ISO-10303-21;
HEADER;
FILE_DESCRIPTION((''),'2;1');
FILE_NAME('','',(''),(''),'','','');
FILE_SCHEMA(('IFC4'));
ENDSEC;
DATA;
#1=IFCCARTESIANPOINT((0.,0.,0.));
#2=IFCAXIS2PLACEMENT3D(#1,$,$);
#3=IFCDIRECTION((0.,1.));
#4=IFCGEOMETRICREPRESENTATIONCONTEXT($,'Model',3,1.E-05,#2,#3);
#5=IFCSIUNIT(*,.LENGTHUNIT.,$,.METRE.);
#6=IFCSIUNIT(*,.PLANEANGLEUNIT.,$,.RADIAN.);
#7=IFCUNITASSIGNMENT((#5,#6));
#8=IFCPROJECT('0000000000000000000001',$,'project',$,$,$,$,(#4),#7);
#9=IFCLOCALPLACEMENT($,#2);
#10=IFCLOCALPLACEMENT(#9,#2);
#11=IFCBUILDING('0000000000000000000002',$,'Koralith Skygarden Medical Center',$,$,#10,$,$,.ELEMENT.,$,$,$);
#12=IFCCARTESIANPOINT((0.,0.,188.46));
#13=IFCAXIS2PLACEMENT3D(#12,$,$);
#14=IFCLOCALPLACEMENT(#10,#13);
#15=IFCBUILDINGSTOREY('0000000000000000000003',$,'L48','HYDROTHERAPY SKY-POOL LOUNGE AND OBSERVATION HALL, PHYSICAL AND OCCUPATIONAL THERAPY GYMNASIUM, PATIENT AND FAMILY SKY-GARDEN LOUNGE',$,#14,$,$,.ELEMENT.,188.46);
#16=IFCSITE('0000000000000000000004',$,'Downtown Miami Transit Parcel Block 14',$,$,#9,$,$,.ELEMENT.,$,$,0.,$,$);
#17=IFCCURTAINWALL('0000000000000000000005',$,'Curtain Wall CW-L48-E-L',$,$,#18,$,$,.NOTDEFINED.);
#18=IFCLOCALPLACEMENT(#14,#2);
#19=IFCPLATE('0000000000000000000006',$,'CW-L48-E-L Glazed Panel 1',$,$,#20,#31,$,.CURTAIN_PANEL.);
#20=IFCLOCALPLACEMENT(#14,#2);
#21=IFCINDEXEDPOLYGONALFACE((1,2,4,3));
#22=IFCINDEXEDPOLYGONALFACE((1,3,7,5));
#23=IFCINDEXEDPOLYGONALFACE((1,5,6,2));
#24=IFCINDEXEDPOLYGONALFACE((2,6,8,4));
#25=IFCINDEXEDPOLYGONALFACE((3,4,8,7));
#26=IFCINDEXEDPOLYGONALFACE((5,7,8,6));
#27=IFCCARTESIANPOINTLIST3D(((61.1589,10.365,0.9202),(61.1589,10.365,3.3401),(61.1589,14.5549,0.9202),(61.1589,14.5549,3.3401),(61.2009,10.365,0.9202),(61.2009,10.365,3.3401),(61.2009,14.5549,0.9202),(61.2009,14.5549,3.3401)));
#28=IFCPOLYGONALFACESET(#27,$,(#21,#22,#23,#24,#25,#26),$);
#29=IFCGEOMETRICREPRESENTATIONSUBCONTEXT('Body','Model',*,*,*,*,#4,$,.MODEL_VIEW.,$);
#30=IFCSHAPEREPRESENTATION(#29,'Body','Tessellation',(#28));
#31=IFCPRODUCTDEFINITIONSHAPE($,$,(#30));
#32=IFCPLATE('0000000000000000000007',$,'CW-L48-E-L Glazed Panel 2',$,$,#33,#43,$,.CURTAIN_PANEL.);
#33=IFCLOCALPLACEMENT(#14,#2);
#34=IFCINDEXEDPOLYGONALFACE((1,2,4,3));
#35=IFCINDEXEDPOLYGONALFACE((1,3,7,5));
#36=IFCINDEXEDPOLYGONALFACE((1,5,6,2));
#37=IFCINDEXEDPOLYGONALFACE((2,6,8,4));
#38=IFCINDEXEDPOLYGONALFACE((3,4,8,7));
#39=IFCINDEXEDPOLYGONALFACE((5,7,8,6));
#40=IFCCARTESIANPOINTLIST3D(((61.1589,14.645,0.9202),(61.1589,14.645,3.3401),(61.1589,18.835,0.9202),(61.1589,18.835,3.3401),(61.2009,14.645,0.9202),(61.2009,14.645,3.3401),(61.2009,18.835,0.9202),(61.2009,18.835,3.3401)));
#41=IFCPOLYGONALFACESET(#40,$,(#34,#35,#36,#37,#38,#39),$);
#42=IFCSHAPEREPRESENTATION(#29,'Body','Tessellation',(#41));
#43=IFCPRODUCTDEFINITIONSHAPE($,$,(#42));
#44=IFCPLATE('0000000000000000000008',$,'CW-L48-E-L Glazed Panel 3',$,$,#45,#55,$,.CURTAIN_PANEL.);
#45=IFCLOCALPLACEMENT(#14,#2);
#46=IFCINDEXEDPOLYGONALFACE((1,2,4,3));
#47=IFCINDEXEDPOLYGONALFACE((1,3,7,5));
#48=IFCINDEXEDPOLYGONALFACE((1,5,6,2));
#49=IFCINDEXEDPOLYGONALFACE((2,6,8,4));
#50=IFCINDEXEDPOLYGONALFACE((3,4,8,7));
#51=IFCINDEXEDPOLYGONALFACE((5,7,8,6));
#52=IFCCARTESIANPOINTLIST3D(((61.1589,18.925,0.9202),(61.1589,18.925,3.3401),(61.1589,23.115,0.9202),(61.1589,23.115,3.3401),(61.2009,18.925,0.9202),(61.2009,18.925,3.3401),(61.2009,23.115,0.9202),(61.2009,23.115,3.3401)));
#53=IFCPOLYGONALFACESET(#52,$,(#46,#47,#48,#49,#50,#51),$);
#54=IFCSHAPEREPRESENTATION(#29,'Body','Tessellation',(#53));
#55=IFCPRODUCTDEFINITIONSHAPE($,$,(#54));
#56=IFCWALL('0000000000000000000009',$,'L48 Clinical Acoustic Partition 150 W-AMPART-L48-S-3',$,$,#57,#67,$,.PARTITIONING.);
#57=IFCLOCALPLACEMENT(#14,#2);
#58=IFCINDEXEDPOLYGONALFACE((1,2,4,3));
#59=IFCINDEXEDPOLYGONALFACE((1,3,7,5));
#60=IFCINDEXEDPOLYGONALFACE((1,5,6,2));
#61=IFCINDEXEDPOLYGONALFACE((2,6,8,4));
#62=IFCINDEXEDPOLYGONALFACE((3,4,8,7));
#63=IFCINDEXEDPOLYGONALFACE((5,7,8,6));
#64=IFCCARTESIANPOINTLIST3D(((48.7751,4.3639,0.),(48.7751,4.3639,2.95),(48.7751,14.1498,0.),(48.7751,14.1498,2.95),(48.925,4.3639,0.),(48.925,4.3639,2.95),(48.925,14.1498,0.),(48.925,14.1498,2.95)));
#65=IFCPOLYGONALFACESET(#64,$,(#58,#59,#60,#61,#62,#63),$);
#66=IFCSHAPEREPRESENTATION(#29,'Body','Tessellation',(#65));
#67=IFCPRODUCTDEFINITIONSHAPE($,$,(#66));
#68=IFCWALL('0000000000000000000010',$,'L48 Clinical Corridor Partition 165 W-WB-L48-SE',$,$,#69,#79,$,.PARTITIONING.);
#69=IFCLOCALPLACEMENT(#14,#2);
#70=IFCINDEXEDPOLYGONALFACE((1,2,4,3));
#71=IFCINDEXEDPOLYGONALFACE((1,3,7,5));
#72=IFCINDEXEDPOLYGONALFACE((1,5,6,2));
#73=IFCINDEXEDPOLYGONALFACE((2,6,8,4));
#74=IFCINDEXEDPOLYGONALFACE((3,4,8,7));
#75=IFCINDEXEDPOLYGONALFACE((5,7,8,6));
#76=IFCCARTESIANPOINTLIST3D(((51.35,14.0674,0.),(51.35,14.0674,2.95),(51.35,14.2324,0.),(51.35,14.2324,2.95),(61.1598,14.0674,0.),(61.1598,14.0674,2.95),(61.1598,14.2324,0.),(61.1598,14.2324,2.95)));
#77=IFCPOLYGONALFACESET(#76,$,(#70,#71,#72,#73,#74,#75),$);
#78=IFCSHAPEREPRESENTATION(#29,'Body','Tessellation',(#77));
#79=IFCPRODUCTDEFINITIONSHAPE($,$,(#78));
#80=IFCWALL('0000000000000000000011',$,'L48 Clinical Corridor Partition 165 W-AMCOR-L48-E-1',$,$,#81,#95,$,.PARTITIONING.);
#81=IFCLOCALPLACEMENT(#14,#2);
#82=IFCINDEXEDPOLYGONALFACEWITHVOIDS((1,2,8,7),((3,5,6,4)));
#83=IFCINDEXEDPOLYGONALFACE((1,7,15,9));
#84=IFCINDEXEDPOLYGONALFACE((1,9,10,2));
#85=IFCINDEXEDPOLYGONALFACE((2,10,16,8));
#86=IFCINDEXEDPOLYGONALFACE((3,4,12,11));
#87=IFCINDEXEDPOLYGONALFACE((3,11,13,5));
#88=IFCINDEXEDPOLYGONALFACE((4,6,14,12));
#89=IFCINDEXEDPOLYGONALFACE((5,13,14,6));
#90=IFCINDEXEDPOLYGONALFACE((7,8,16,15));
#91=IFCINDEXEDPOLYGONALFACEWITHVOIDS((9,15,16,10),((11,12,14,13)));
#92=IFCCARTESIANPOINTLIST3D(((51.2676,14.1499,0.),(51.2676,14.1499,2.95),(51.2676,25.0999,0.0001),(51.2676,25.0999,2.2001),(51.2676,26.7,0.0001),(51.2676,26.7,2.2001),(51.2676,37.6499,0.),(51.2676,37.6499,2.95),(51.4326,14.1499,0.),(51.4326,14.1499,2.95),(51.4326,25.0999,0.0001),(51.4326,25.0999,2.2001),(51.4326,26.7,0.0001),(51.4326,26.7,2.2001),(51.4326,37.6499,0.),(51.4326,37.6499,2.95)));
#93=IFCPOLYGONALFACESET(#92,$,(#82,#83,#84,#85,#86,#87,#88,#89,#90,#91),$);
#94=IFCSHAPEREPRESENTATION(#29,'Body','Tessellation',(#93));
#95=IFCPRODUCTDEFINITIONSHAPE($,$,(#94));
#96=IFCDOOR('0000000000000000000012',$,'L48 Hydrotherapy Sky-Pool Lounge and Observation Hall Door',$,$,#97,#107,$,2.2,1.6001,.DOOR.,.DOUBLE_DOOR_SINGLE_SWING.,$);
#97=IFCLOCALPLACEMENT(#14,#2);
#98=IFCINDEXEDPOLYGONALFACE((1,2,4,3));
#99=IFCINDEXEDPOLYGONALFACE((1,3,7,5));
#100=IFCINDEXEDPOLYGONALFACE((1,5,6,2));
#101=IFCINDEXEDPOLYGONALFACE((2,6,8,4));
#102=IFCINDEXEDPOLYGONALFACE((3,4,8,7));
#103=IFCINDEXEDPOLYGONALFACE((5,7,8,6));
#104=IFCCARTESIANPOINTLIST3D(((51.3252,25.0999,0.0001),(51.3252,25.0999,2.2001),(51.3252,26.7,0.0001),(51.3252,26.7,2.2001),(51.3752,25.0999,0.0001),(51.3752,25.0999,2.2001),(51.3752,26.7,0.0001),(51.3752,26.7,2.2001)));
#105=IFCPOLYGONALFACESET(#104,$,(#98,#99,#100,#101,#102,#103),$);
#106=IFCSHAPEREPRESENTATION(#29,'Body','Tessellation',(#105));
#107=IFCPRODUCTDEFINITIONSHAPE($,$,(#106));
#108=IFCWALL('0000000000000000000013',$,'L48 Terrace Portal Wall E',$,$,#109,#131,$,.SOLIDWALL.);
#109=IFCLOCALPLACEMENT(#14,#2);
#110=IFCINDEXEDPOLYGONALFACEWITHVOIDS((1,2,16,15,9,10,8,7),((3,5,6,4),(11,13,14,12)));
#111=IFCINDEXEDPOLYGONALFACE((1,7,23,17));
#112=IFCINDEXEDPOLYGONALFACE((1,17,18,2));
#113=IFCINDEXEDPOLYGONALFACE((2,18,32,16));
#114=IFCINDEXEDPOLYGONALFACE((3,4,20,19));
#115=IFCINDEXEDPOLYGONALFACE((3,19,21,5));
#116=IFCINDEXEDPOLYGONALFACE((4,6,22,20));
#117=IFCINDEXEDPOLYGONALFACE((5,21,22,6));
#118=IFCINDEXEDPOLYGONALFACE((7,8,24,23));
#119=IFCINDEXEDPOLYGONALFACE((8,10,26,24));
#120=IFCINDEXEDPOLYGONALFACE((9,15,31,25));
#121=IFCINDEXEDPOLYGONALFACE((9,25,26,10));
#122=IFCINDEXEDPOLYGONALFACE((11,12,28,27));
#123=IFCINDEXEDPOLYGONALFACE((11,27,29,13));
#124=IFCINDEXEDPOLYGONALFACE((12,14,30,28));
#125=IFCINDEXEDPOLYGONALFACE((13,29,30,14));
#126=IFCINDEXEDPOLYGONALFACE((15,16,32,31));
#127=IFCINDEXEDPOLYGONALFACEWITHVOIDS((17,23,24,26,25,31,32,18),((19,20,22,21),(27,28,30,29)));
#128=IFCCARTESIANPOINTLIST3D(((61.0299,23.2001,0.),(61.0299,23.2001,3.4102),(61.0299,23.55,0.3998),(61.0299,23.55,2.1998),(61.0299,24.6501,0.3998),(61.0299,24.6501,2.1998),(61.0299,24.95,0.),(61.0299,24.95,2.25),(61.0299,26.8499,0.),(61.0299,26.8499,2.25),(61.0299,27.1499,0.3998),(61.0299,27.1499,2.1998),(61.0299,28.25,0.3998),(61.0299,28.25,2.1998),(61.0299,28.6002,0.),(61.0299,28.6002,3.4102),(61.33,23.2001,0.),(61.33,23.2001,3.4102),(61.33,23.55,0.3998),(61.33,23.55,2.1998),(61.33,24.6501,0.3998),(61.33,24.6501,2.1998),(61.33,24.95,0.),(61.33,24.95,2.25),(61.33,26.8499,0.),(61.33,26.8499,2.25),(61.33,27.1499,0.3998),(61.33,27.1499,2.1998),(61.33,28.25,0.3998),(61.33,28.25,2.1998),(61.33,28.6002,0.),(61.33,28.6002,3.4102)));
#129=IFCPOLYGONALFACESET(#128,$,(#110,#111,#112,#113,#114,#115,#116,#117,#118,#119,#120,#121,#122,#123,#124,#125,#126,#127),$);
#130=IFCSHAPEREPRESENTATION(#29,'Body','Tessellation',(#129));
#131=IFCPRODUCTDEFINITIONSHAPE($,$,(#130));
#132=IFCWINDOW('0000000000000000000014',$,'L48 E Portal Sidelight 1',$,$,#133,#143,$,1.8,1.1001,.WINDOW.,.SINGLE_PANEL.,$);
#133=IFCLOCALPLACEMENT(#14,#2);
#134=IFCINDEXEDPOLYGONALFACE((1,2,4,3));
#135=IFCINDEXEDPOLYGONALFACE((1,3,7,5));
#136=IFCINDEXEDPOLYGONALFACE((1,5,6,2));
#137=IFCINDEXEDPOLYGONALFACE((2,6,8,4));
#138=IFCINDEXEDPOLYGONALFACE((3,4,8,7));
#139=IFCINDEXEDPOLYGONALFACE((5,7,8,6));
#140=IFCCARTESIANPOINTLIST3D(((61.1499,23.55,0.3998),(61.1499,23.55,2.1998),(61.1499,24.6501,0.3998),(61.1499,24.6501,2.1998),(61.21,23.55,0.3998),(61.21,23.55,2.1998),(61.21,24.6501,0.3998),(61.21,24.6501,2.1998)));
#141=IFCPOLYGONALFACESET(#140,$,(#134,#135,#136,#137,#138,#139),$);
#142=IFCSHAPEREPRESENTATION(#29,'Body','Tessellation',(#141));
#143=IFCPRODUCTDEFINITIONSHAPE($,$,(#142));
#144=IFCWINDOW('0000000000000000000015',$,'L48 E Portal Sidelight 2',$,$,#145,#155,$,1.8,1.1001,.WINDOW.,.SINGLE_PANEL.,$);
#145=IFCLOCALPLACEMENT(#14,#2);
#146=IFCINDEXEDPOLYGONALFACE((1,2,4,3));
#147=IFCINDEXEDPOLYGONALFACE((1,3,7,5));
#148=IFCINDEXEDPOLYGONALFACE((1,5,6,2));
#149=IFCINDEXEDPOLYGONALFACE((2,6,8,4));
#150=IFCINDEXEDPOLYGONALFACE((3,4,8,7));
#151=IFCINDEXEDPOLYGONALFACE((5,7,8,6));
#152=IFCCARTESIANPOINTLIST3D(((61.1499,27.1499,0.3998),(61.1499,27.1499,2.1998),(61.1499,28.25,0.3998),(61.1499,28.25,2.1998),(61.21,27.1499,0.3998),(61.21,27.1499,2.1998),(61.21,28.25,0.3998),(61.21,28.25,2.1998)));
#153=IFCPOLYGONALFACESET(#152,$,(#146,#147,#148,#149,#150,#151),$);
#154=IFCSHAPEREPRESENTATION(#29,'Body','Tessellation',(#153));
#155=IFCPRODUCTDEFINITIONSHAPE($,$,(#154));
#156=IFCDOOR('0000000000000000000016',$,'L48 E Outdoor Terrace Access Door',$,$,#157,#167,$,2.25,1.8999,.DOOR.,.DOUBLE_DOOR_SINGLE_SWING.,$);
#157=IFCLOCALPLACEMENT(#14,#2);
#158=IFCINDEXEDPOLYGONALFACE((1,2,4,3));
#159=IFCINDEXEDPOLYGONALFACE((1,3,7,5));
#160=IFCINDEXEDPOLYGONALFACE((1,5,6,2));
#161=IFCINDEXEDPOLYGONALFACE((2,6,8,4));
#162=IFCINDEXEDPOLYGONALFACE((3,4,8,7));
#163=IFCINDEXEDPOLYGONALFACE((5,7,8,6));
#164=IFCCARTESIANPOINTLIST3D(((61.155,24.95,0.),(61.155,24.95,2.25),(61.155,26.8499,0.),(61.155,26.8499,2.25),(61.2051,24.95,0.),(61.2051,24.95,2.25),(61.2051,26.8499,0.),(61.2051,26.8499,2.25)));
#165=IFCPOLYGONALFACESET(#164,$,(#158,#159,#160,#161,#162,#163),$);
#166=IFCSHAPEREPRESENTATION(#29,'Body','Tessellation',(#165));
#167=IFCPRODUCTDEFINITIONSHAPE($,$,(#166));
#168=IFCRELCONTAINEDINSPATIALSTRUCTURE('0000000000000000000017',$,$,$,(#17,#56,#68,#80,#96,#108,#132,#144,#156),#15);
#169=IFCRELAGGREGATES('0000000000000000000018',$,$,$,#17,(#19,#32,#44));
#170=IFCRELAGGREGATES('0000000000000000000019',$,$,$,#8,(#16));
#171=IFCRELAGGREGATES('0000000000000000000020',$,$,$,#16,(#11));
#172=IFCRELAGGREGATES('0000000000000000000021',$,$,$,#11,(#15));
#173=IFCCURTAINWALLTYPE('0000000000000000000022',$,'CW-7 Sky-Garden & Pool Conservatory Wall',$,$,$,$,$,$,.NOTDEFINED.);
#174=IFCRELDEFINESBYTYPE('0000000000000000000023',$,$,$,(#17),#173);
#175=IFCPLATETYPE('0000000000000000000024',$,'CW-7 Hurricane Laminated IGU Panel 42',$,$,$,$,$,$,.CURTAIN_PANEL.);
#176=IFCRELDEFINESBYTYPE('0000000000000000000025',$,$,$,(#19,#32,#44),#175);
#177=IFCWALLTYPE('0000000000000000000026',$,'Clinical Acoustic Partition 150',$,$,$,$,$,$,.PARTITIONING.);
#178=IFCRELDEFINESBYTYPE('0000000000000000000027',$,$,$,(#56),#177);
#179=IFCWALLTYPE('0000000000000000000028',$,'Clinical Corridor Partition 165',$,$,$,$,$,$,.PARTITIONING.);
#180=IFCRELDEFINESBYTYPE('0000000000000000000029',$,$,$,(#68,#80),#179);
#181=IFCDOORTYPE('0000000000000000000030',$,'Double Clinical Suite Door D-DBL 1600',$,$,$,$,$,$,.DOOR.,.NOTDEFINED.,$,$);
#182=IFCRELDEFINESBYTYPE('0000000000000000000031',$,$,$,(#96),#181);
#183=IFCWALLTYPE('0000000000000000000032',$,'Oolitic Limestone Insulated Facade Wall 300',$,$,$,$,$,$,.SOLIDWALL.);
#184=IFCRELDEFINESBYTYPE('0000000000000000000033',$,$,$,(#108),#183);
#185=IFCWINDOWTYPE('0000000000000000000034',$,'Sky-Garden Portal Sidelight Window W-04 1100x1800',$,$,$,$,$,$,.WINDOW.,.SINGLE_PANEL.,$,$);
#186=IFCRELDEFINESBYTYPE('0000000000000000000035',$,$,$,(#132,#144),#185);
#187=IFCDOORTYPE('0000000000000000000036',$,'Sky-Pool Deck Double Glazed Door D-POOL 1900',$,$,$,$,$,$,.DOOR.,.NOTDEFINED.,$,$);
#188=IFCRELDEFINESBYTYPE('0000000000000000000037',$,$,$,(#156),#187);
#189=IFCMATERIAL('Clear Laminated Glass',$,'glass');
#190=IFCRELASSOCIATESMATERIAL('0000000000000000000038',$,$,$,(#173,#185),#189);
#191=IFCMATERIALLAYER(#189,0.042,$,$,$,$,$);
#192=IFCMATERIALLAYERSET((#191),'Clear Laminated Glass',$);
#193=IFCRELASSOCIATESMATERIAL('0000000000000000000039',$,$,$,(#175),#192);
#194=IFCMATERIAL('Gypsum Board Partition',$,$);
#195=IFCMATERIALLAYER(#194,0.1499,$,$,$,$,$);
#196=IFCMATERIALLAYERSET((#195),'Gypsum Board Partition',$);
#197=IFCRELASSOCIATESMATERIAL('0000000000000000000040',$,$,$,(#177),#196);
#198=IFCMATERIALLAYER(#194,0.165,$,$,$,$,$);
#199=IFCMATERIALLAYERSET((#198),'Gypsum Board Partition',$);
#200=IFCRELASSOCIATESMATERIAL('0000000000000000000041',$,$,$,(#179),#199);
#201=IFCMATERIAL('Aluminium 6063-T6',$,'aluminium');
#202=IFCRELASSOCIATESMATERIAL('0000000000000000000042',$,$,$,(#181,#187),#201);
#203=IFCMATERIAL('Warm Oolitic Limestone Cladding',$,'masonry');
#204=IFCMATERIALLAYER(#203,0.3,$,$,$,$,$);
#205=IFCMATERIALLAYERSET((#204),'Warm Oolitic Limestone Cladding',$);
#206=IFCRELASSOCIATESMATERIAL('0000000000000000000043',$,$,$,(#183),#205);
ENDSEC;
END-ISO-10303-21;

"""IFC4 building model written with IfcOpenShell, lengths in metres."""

from ifc_helpers import new_model, si_unit, direction, frame, frame_2d, origin, origin_2d, place, context, subcontext, project, spatial, rectangle, extrude, material, layer, layer_set, type_object, element, fill, aggregate, save


model = new_model("IFC4")

# Units and contexts
model_context = context("Model", 3, precision=1e-05, world=origin(), true_north=direction((0.0, 1.0)))
body_context = subcontext(model_context, "Body", "Model", "MODEL_VIEW")
ifc_project = project(units=[si_unit("LENGTHUNIT", "METRE"), si_unit("PLANEANGLEUNIT", "RADIAN")], contexts=[model_context])

# Site, building, storey
site_placement = place(None, origin())
site = spatial("IfcSite", under=ifc_project, at=site_placement, Name="Downtown Miami Transit Parcel Block 14", CompositionType="ELEMENT", RefElevation=0.0)
building_placement = place(site_placement, origin())
building = spatial("IfcBuilding", under=site, at=building_placement, Name="Koralith Skygarden Medical Center", CompositionType="ELEMENT")
storey_placement = place(building_placement, frame((0.0, 0.0, 188.46)))
storey = spatial("IfcBuildingStorey", under=building, at=storey_placement, Name="L48", Description="HYDROTHERAPY SKY-POOL LOUNGE AND OBSERVATION HALL, PHYSICAL AND OCCUPATIONAL THERAPY GYMNASIUM, PATIENT AND FAMILY SKY-GARDEN LOUNGE", CompositionType="ELEMENT", Elevation=188.46)

# Curtain wall
ifc_material_1 = material(Name="Clear Laminated Glass", Category="glass")
curtain_wall_type = type_object("IfcCurtainWallType", Name="CW-7 Sky-Garden & Pool Conservatory Wall", PredefinedType="NOTDEFINED", material=ifc_material_1)
curtain_wall_placement = place(storey_placement, origin())
curtain_wall = element("IfcCurtainWall", 1, at=curtain_wall_placement, inside=storey, type_object=curtain_wall_type, Name="Curtain Wall CW-L48-E-L", PredefinedType="NOTDEFINED")
ifc_material_2 = material(Name="Aluminium 6063-T6", Category="aluminium")

# Plates
ifc_layer_1 = layer(ifc_material_1, 0.042)
ifc_layer_set_1 = layer_set([ifc_layer_1], Name="Clear Laminated Glass")
plate_type = type_object("IfcPlateType", Name="CW-7 Hurricane Laminated IGU Panel 42", PredefinedType="CURTAIN_PANEL", material=ifc_layer_set_1)
plate_1_placement = place(storey_placement, frame((61.1799, 12.46, 0.9202), z_axis=(0.0, 0.0, 1.0), x_axis=(0.0, 1.0, 0.0)))
plate_1 = element("IfcPlate", 2, at=plate_1_placement, type_object=plate_type, Name="CW-L48-E-L Glazed Panel 1", PredefinedType="CURTAIN_PANEL", context=body_context, shape_type="SweptSolid", body=[
    extrude(rectangle(XDim=4.1899, YDim=0.042, at=origin_2d()), origin(), (0.0, 0.0, 1.0), 2.4199),
])
plate_2_placement = place(storey_placement, frame((61.1799, 16.74, 0.9202), z_axis=(0.0, 0.0, 1.0), x_axis=(0.0, 1.0, 0.0)))
plate_2 = element("IfcPlate", 3, at=plate_2_placement, type_object=plate_type, Name="CW-L48-E-L Glazed Panel 2", PredefinedType="CURTAIN_PANEL", context=body_context, shape_type="SweptSolid", body=[
    extrude(rectangle(XDim=4.1899, YDim=0.042, at=origin_2d()), origin(), (0.0, 0.0, 1.0), 2.4199),
])
plate_3_placement = place(storey_placement, frame((61.1799, 21.02, 0.9202), z_axis=(0.0, 0.0, 1.0), x_axis=(0.0, 1.0, 0.0)))
plate_3 = element("IfcPlate", 4, at=plate_3_placement, type_object=plate_type, Name="CW-L48-E-L Glazed Panel 3", PredefinedType="CURTAIN_PANEL", context=body_context, shape_type="SweptSolid", body=[
    extrude(rectangle(XDim=4.1899, YDim=0.042, at=origin_2d()), origin(), (0.0, 0.0, 1.0), 2.4199),
])
aggregate(curtain_wall, [plate_1, plate_2, plate_3])

# Walls
ifc_material_3 = material(Name="Gypsum Board Partition")
ifc_layer_2 = layer(ifc_material_3, 0.1499)
ifc_layer_set_2 = layer_set([ifc_layer_2], Name="Gypsum Board Partition")
wall_type_1 = type_object("IfcWallType", Name="Clinical Acoustic Partition 150", PredefinedType="PARTITIONING", material=ifc_layer_set_2)
wall_1_placement = place(storey_placement, frame((48.8501, 14.1499, 0.0), z_axis=(0.0, 0.0, 1.0), x_axis=(0.0, -1.0, 0.0)))
element("IfcWall", 5, at=wall_1_placement, inside=storey, type_object=wall_type_1, Name="L48 Clinical Acoustic Partition 150 W-AMPART-L48-S-3", PredefinedType="PARTITIONING", context=body_context, shape_type="SweptSolid", body=[
    extrude(rectangle(XDim=9.7859, YDim=0.1499, at=frame_2d((4.8931, 0.0))), origin(), (0.0, 0.0, 1.0), 2.95),
])
ifc_layer_3 = layer(ifc_material_3, 0.165)
ifc_layer_set_3 = layer_set([ifc_layer_3], Name="Gypsum Board Partition")
wall_type_2 = type_object("IfcWallType", Name="Clinical Corridor Partition 165", PredefinedType="PARTITIONING", material=ifc_layer_set_3)
wall_2_placement = place(storey_placement, frame((51.3501, 14.1499, 0.0), z_axis=(0.0, 0.0, 1.0), x_axis=(1.0, 0.0, 0.0)))
element("IfcWall", 6, at=wall_2_placement, inside=storey, type_object=wall_type_2, Name="L48 Clinical Corridor Partition 165 W-WB-L48-SE", PredefinedType="PARTITIONING", context=body_context, shape_type="SweptSolid", body=[
    extrude(rectangle(XDim=9.8098, YDim=0.165, at=frame_2d((4.9048, 0.0))), origin(), (0.0, 0.0, 1.0), 2.95),
])

# Wall, opening, door
wall_3_placement = place(storey_placement, frame((51.3501, 14.1499, 0.0), z_axis=(0.0, 0.0, 1.0), x_axis=(0.0, 1.0, 0.0)))
wall_3 = element("IfcWall", 7, at=wall_3_placement, inside=storey, type_object=wall_type_2, Name="L48 Clinical Corridor Partition 165 W-AMCOR-L48-E-1", PredefinedType="PARTITIONING", context=body_context, shape_type="SweptSolid", body=[
    extrude(rectangle(XDim=23.5, YDim=0.165, at=frame_2d((11.75, 0.0))), origin(), (0.0, 0.0, 1.0), 2.95),
])
opening_1_placement = place(wall_3_placement, frame((10.95, 0.0, 0.0)))
opening_1 = element("IfcOpeningElement", 8, at=opening_1_placement, cuts=wall_3, PredefinedType="OPENING", context=body_context, shape_type="SweptSolid", body=[
    extrude(rectangle(XDim=1.6001, YDim=2.2, at=frame_2d((0.8, 1.1001))), frame((0.0, 0.0925, 0.0), z_axis=(0.0, -1.0, 0.0), x_axis=(1.0, 0.0, 0.0)), (0.0, 0.0, 1.0), 0.1851),
])
door_type_1 = type_object("IfcDoorType", Name="Double Clinical Suite Door D-DBL 1600", OperationType="NOTDEFINED", PredefinedType="DOOR", material=ifc_material_2)
door_1_placement = place(opening_1_placement, origin())
door_1 = element("IfcDoor", 9, at=door_1_placement, inside=storey, type_object=door_type_1, Name="L48 Hydrotherapy Sky-Pool Lounge and Observation Hall Door", OperationType="DOUBLE_DOOR_SINGLE_SWING", OverallHeight=2.2, OverallWidth=1.6001, PredefinedType="DOOR", context=body_context, shape_type="SweptSolid", body=[
    extrude(rectangle(XDim=1.6001, YDim=2.2, at=frame_2d((0.8, 1.1001))), frame((0.0, 0.0249, 0.0), z_axis=(0.0, -1.0, 0.0), x_axis=(1.0, 0.0, 0.0)), (0.0, 0.0, 1.0), 0.05),
])
fill(opening_1, door_1)

# Wall, openings, windows, door
ifc_material_4 = material(Name="Warm Oolitic Limestone Cladding", Category="masonry")
ifc_layer_4 = layer(ifc_material_4, 0.3)
ifc_layer_set_4 = layer_set([ifc_layer_4], Name="Warm Oolitic Limestone Cladding")
wall_type_3 = type_object("IfcWallType", Name="Oolitic Limestone Insulated Facade Wall 300", PredefinedType="SOLIDWALL", material=ifc_layer_set_4)
wall_4_placement = place(storey_placement, frame((61.1799, 23.2, 0.0), z_axis=(0.0, 0.0, 1.0), x_axis=(0.0, 1.0, 0.0)))
wall_4 = element("IfcWall", 10, at=wall_4_placement, inside=storey, type_object=wall_type_3, Name="L48 Terrace Portal Wall E", PredefinedType="SOLIDWALL", context=body_context, shape_type="SweptSolid", body=[
    extrude(rectangle(XDim=5.4001, YDim=0.3, at=frame_2d((2.7002, 0.0))), origin(), (0.0, 0.0, 1.0), 3.4102),
])
opening_2_placement = place(wall_4_placement, frame((1.75, 0.0, 0.0)))
opening_2 = element("IfcOpeningElement", 11, at=opening_2_placement, cuts=wall_4, PredefinedType="OPENING", context=body_context, shape_type="SweptSolid", body=[
    extrude(rectangle(XDim=1.8999, YDim=2.25, at=frame_2d((0.95, 1.125))), frame((0.0, 0.1599, 0.0), z_axis=(0.0, -1.0, 0.0), x_axis=(1.0, 0.0, 0.0)), (0.0, 0.0, 1.0), 0.3201),
])
opening_3_placement = place(wall_4_placement, frame((0.3501, 0.0, 0.3999)))
opening_3 = element("IfcOpeningElement", 12, at=opening_3_placement, cuts=wall_4, PredefinedType="OPENING", context=body_context, shape_type="SweptSolid", body=[
    extrude(rectangle(XDim=1.1001, YDim=1.8, at=frame_2d((0.55, 0.8999))), frame((0.0, 0.1599, 0.0), z_axis=(0.0, -1.0, 0.0), x_axis=(1.0, 0.0, 0.0)), (0.0, 0.0, 1.0), 0.3201),
])
opening_4_placement = place(wall_4_placement, frame((3.95, 0.0, 0.3999)))
opening_4 = element("IfcOpeningElement", 13, at=opening_4_placement, cuts=wall_4, PredefinedType="OPENING", context=body_context, shape_type="SweptSolid", body=[
    extrude(rectangle(XDim=1.1001, YDim=1.8, at=frame_2d((0.55, 0.8999))), frame((0.0, 0.1599, 0.0), z_axis=(0.0, -1.0, 0.0), x_axis=(1.0, 0.0, 0.0)), (0.0, 0.0, 1.0), 0.3201),
])
window_type = type_object("IfcWindowType", Name="Sky-Garden Portal Sidelight Window W-04 1100x1800", PartitioningType="SINGLE_PANEL", PredefinedType="WINDOW", material=ifc_material_1)
window_1_placement = place(opening_3_placement, origin())
window_1 = element("IfcWindow", 14, at=window_1_placement, inside=storey, type_object=window_type, Name="L48 E Portal Sidelight 1", OverallHeight=1.8, OverallWidth=1.1001, PartitioningType="SINGLE_PANEL", PredefinedType="WINDOW", context=body_context, shape_type="SweptSolid", body=[
    extrude(rectangle(XDim=1.1001, YDim=1.8, at=frame_2d((0.55, 0.8999))), frame((0.0, 0.03, 0.0), z_axis=(0.0, -1.0, 0.0), x_axis=(1.0, 0.0, 0.0)), (0.0, 0.0, 1.0), 0.0601),
])
fill(opening_3, window_1)
window_2_placement = place(opening_4_placement, origin())
window_2 = element("IfcWindow", 15, at=window_2_placement, inside=storey, type_object=window_type, Name="L48 E Portal Sidelight 2", OverallHeight=1.8, OverallWidth=1.1001, PartitioningType="SINGLE_PANEL", PredefinedType="WINDOW", context=body_context, shape_type="SweptSolid", body=[
    extrude(rectangle(XDim=1.1001, YDim=1.8, at=frame_2d((0.55, 0.8999))), frame((0.0, 0.03, 0.0), z_axis=(0.0, -1.0, 0.0), x_axis=(1.0, 0.0, 0.0)), (0.0, 0.0, 1.0), 0.0601),
])
fill(opening_4, window_2)
door_type_2 = type_object("IfcDoorType", Name="Sky-Pool Deck Double Glazed Door D-POOL 1900", OperationType="NOTDEFINED", PredefinedType="DOOR", material=ifc_material_2)
door_2_placement = place(opening_2_placement, origin())
door_2 = element("IfcDoor", 16, at=door_2_placement, inside=storey, type_object=door_type_2, Name="L48 E Outdoor Terrace Access Door", OperationType="DOUBLE_DOOR_SINGLE_SWING", OverallHeight=2.25, OverallWidth=1.8999, PredefinedType="DOOR", context=body_context, shape_type="SweptSolid", body=[
    extrude(rectangle(XDim=1.8999, YDim=2.25, at=frame_2d((0.95, 1.125))), frame((0.0, 0.0249, 0.0), z_axis=(0.0, -1.0, 0.0), x_axis=(1.0, 0.0, 0.0)), (0.0, 0.0, 1.0), 0.05),
])
fill(opening_2, door_2)

save(model, "model.ifc")
